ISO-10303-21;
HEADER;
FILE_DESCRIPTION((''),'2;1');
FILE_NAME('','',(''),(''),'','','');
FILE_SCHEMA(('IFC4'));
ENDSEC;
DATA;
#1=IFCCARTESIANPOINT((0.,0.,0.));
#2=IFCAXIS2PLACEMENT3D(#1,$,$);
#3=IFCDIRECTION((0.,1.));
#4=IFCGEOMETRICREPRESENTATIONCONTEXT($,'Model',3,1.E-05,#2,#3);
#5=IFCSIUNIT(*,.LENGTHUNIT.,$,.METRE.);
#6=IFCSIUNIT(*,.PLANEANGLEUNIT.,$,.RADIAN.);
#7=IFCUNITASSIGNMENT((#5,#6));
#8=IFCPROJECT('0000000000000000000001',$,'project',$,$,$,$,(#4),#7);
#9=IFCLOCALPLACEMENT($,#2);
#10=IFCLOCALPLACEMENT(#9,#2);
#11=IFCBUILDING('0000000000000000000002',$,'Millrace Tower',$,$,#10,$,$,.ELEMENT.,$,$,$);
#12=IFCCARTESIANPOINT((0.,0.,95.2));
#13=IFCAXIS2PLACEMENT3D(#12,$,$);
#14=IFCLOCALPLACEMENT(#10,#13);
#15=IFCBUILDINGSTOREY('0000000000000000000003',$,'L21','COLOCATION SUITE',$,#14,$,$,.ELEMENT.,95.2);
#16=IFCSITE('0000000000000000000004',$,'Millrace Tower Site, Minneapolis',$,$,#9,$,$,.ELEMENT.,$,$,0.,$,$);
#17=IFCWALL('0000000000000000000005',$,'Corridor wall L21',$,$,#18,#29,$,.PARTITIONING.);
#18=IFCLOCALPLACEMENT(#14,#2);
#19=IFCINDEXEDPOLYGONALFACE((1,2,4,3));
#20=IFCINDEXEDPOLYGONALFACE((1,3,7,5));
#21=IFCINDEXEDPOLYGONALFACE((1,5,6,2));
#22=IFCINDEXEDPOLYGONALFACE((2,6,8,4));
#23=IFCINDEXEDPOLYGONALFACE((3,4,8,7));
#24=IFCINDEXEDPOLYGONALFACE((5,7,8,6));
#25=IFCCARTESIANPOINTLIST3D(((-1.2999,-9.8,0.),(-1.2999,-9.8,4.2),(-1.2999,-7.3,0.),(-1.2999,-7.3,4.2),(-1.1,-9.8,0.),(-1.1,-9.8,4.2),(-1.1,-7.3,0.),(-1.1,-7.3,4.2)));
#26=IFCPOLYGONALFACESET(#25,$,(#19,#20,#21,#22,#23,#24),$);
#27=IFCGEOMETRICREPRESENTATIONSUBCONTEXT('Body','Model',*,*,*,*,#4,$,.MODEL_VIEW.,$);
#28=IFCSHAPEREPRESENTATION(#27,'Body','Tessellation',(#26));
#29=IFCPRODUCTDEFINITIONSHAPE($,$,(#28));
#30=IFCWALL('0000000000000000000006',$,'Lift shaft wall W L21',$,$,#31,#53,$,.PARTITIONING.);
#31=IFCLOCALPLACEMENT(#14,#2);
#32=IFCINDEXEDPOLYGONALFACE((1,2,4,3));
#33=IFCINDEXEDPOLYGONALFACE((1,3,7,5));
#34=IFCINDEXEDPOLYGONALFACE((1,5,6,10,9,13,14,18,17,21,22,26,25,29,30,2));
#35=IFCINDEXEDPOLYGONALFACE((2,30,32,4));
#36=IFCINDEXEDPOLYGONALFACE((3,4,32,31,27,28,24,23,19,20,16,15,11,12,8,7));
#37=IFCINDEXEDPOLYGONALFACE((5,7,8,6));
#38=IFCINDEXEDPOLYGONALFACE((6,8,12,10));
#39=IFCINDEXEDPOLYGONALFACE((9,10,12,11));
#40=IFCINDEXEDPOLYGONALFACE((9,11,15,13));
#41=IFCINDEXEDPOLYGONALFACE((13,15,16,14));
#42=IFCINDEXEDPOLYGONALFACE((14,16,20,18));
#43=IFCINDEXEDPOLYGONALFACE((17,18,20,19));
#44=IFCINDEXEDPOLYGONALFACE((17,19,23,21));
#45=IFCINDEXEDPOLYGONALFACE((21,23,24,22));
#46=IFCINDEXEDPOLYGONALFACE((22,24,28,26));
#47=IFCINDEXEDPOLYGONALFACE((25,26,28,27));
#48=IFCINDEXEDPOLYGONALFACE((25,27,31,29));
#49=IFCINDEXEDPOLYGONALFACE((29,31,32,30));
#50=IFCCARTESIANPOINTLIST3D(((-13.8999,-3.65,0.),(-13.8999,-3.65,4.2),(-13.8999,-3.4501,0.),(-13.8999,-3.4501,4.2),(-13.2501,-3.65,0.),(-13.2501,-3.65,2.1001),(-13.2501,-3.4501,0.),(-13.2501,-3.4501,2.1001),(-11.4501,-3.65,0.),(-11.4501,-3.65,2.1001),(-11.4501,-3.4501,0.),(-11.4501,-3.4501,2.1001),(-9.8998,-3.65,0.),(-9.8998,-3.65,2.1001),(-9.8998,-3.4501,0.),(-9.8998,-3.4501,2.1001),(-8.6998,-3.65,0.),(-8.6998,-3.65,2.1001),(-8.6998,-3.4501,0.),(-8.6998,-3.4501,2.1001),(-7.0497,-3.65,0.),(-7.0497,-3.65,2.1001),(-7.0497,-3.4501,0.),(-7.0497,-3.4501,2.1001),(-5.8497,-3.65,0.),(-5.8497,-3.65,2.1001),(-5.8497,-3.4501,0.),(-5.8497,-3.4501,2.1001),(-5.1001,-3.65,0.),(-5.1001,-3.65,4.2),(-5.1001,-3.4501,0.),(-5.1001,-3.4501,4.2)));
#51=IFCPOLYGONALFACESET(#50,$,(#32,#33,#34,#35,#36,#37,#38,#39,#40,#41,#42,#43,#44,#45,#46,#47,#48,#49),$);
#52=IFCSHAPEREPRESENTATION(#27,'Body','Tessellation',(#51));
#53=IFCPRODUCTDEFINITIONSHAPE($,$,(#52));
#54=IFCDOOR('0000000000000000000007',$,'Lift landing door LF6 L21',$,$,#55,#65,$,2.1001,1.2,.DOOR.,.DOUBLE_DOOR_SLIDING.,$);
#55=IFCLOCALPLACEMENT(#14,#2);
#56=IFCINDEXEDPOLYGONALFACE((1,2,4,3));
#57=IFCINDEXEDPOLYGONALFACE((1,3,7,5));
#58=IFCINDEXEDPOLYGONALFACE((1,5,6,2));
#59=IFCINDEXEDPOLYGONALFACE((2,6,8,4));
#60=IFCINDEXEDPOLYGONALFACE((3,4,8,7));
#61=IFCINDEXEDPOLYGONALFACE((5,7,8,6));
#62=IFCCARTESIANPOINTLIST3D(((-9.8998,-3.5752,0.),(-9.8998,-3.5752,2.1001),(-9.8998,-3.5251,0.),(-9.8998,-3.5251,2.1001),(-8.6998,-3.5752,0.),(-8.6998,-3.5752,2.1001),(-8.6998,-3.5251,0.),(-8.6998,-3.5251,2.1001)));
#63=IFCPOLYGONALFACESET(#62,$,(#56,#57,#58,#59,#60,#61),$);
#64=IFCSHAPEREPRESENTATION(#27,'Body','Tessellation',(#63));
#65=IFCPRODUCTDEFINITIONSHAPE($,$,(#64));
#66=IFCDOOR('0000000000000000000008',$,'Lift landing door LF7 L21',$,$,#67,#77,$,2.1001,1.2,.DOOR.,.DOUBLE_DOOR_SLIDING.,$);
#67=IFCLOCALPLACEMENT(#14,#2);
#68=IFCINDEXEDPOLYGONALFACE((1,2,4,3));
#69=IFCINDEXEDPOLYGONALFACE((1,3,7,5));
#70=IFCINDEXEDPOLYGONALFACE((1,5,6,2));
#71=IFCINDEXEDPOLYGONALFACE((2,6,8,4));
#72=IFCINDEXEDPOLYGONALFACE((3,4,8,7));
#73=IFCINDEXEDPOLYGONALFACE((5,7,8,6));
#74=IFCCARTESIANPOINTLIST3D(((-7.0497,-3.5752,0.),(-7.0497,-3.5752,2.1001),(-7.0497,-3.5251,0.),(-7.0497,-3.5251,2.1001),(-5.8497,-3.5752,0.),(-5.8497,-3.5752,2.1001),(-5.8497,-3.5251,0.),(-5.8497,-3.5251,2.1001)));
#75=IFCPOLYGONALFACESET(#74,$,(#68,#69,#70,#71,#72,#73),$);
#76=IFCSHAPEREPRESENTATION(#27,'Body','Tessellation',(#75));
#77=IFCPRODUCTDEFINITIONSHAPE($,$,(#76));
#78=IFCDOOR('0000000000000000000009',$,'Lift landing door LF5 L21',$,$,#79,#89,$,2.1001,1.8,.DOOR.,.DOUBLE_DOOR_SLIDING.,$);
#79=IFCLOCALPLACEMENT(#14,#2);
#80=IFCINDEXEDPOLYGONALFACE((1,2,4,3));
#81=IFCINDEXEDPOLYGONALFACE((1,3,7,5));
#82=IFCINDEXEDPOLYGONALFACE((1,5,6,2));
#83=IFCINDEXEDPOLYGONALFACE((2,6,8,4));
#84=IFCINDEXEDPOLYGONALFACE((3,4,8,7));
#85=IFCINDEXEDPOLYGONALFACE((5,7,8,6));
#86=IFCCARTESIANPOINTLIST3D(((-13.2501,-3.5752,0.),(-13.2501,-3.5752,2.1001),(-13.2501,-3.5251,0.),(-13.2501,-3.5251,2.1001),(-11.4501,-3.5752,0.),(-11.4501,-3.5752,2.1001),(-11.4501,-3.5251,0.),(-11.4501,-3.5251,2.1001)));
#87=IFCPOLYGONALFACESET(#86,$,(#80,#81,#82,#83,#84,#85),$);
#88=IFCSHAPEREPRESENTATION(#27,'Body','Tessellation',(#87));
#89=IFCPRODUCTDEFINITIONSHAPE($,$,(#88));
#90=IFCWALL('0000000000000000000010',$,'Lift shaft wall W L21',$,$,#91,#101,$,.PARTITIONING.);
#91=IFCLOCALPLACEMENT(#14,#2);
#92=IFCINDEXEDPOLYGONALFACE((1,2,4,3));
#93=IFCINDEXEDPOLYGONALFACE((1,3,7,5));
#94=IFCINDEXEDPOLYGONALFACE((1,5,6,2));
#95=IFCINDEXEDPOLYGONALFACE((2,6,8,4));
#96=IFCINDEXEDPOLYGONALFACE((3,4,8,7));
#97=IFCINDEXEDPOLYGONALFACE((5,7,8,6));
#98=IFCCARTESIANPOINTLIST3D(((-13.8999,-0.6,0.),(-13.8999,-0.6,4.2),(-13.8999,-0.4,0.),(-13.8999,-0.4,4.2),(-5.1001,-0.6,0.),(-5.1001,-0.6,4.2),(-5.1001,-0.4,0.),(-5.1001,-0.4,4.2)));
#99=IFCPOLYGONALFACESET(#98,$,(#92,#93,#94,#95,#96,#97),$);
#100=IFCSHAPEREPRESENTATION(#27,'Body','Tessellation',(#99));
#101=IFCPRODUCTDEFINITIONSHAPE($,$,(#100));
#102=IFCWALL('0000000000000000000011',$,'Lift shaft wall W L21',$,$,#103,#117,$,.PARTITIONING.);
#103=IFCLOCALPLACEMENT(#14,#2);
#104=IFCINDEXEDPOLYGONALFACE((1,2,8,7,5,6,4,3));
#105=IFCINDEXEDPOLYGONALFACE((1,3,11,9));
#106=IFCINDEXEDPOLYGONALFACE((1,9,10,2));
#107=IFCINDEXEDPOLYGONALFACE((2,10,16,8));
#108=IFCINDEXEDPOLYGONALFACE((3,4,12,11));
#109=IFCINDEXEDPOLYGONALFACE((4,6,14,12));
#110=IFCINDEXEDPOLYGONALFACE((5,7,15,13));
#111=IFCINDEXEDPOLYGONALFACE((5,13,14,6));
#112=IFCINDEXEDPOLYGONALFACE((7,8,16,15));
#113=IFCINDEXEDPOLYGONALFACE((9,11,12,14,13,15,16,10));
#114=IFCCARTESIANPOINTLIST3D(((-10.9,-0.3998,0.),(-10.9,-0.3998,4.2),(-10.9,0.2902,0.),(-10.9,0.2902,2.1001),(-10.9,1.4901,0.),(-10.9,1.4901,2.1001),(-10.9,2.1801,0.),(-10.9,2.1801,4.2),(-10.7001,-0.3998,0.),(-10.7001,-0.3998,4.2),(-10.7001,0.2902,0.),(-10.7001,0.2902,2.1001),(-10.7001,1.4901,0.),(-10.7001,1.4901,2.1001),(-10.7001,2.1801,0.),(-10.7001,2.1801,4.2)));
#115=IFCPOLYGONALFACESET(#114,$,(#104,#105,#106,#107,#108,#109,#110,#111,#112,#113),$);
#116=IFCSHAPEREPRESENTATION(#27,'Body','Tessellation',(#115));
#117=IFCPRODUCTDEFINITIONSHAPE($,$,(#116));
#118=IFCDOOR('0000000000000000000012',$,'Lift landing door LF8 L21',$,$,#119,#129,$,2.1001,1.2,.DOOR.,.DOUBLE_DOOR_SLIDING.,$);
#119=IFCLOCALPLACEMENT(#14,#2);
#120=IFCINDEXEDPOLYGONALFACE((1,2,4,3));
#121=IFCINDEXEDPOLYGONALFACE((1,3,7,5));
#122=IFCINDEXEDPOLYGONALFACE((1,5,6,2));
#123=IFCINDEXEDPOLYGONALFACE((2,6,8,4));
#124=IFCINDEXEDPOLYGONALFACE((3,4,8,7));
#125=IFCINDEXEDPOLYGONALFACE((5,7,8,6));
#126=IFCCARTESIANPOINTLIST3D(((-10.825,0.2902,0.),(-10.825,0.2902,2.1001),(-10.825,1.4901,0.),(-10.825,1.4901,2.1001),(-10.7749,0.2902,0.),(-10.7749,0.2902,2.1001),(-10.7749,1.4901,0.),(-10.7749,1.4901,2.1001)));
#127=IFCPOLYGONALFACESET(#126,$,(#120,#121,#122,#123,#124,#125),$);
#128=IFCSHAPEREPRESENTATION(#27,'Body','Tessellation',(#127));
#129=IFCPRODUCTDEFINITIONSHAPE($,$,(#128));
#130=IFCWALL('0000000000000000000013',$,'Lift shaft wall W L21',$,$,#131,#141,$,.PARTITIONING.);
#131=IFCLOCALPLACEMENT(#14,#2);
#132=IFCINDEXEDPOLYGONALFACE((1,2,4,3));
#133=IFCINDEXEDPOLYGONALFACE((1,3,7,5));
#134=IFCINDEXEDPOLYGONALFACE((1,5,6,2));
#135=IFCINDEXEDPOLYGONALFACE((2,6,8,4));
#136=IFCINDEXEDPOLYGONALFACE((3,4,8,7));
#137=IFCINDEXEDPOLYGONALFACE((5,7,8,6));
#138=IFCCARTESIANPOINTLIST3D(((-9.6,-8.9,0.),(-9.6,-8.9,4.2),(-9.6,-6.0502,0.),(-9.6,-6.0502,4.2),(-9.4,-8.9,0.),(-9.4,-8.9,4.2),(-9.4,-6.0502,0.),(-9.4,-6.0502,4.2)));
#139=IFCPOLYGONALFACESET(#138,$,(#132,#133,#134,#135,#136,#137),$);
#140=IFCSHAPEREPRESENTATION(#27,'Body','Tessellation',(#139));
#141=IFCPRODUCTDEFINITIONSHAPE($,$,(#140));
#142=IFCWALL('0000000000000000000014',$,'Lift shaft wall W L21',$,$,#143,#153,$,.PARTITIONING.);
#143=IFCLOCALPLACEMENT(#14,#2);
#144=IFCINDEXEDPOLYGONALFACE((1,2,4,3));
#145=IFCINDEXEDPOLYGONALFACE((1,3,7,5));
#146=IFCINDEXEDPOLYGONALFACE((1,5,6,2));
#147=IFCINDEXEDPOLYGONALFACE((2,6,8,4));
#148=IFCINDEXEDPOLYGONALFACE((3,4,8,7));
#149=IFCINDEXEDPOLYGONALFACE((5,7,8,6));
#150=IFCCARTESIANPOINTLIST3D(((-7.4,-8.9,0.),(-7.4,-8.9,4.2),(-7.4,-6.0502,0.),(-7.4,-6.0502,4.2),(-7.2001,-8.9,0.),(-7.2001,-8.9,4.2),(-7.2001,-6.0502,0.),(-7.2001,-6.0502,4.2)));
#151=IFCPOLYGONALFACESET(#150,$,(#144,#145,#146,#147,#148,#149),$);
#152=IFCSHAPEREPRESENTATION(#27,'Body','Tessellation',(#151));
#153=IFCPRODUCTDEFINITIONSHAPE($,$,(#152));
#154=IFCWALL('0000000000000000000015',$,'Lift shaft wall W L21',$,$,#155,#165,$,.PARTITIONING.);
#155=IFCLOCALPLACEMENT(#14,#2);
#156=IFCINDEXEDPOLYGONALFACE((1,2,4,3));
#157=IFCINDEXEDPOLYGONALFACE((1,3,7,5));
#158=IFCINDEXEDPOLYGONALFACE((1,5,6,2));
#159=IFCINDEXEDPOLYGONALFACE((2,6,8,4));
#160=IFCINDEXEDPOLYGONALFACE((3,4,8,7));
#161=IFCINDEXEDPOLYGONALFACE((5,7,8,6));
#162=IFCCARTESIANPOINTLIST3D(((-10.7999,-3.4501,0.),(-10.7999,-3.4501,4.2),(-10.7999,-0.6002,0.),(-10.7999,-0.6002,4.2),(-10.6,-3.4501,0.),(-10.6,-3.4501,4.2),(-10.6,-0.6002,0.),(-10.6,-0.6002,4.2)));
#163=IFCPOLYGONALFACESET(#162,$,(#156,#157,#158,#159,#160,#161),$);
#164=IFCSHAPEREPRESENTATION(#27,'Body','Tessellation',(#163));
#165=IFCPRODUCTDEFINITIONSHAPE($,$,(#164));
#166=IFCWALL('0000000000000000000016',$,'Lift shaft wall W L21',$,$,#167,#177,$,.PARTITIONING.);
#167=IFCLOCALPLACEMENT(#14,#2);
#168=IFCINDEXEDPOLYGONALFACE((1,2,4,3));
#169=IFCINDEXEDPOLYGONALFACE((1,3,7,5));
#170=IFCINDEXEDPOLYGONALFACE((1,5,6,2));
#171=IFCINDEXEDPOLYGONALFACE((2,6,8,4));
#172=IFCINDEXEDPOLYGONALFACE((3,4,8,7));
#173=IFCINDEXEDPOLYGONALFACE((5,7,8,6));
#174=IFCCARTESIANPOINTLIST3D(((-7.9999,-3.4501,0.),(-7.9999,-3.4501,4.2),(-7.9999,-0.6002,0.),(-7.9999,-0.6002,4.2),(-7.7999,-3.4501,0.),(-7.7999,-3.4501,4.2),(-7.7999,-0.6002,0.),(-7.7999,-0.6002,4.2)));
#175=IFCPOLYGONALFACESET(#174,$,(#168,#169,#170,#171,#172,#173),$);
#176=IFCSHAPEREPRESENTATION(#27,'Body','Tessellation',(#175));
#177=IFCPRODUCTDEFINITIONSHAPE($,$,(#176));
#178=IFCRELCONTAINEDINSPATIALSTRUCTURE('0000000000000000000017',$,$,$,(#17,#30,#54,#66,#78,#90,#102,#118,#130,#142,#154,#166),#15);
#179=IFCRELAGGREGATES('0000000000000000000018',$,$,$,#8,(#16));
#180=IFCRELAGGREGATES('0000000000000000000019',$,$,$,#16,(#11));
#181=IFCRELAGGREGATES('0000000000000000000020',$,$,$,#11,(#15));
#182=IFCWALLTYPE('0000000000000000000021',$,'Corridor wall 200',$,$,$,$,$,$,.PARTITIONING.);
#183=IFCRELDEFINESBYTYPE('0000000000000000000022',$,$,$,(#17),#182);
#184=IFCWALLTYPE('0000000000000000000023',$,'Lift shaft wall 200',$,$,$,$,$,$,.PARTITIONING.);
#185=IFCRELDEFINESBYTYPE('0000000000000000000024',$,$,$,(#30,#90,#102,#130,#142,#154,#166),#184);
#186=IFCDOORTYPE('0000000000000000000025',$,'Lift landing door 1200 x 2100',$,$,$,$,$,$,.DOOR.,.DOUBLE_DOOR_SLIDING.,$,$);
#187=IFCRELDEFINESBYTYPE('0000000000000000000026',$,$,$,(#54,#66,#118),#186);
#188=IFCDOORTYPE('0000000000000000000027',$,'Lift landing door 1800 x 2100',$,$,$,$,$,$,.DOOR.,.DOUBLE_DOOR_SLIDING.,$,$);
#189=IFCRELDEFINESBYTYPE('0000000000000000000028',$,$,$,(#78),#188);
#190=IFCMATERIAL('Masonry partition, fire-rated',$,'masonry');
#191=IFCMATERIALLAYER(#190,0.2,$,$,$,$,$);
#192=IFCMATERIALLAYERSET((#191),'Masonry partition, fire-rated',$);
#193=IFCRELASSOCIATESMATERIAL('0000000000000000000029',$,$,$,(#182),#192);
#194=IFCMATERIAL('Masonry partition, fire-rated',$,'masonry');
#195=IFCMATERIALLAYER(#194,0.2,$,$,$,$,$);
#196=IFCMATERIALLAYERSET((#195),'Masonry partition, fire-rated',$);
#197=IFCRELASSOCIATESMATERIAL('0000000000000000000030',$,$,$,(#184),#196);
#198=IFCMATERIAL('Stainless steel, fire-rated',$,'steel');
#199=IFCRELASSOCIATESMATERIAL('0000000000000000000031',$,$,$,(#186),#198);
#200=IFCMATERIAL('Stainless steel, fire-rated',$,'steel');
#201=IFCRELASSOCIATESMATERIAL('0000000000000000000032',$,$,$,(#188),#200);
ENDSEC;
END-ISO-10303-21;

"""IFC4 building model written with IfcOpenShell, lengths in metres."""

from ifc_helpers import new_model, si_unit, direction, frame, frame_2d, origin, place, context, subcontext, project, spatial, rectangle, extrude, material, layer, layer_set, type_object, element, fill, save


model = new_model("IFC4")

# Units and contexts
model_context = context("Model", 3, precision=1e-05, world=origin(), true_north=direction((0.0, 1.0)))
body_context = subcontext(model_context, "Body", "Model", "MODEL_VIEW")
ifc_project = project(units=[si_unit("LENGTHUNIT", "METRE"), si_unit("PLANEANGLEUNIT", "RADIAN")], contexts=[model_context])

# Site, building, storey
site_placement = place(None, origin())
site = spatial("IfcSite", under=ifc_project, at=site_placement, Name="Millrace Tower Site, Minneapolis", CompositionType="ELEMENT", RefElevation=0.0)
building_placement = place(site_placement, origin())
building = spatial("IfcBuilding", under=site, at=building_placement, Name="Millrace Tower", CompositionType="ELEMENT")
storey_placement = place(building_placement, frame((0.0, 0.0, 95.2)))
storey = spatial("IfcBuildingStorey", under=building, at=storey_placement, Name="L21", Description="COLOCATION SUITE", CompositionType="ELEMENT", Elevation=95.2)

# Shared definitions
ifc_material_1 = material(Name="Masonry partition, fire-rated", Category="masonry")
ifc_layer_1 = layer(ifc_material_1, 0.2)
ifc_layer_set_1 = layer_set([ifc_layer_1], Name="Masonry partition, fire-rated")
wall_type_1 = type_object("IfcWallType", Name="Corridor wall 200", PredefinedType="PARTITIONING", material=ifc_layer_set_1)

# Wall
wall_1_placement = place(storey_placement, frame((-1.2, -9.8, 0.0), z_axis=(0.0, 0.0, 1.0), x_axis=(0.0, 1.0, 0.0)))
element("IfcWall", 1, at=wall_1_placement, inside=storey, type_object=wall_type_1, Name="Corridor wall L21", PredefinedType="PARTITIONING", context=body_context, shape_type="SweptSolid", body=[
    extrude(rectangle(XDim=2.5, YDim=0.2, at=frame_2d((1.25, 0.0))), origin(), (0.0, 0.0, 1.0), 4.2),
])

# Wall, openings, doors
ifc_material_2 = material(Name="Masonry partition, fire-rated", Category="masonry")
ifc_layer_2 = layer(ifc_material_2, 0.2)
ifc_layer_set_2 = layer_set([ifc_layer_2], Name="Masonry partition, fire-rated")
wall_type_2 = type_object("IfcWallType", Name="Lift shaft wall 200", PredefinedType="PARTITIONING", material=ifc_layer_set_2)
wall_2_placement = place(storey_placement, frame((-13.8999, -3.55, 0.0), z_axis=(0.0, 0.0, 1.0), x_axis=(1.0, 0.0, 0.0)))
wall_2 = element("IfcWall", 2, at=wall_2_placement, inside=storey, type_object=wall_type_2, Name="Lift shaft wall W L21", PredefinedType="PARTITIONING", context=body_context, shape_type="SweptSolid", body=[
    extrude(rectangle(XDim=8.7998, YDim=0.2, at=frame_2d((4.3999, 0.0))), origin(), (0.0, 0.0, 1.0), 4.2),
])
opening_1_placement = place(wall_2_placement, frame((0.6499, 0.0, 0.0)))
opening_1 = element("IfcOpeningElement", 3, at=opening_1_placement, cuts=wall_2, PredefinedType="OPENING", context=body_context, shape_type="SweptSolid", body=[
    extrude(rectangle(XDim=1.8, YDim=2.1001, at=frame_2d((0.8999, 1.05))), frame((0.0, 0.1099, 0.0), z_axis=(0.0, -1.0, 0.0), x_axis=(1.0, 0.0, 0.0)), (0.0, 0.0, 1.0), 0.22),
])
opening_2_placement = place(wall_2_placement, frame((4.0, 0.0, 0.0)))
opening_2 = element("IfcOpeningElement", 4, at=opening_2_placement, cuts=wall_2, PredefinedType="OPENING", context=body_context, shape_type="SweptSolid", body=[
    extrude(rectangle(XDim=1.2, YDim=2.1001, at=frame_2d((0.6001, 1.05))), frame((0.0, 0.1099, 0.0), z_axis=(0.0, -1.0, 0.0), x_axis=(1.0, 0.0, 0.0)), (0.0, 0.0, 1.0), 0.22),
])
opening_3_placement = place(wall_2_placement, frame((6.8501, 0.0, 0.0)))
opening_3 = element("IfcOpeningElement", 5, at=opening_3_placement, cuts=wall_2, PredefinedType="OPENING", context=body_context, shape_type="SweptSolid", body=[
    extrude(rectangle(XDim=1.2, YDim=2.1001, at=frame_2d((0.6001, 1.05))), frame((0.0, 0.1099, 0.0), z_axis=(0.0, -1.0, 0.0), x_axis=(1.0, 0.0, 0.0)), (0.0, 0.0, 1.0), 0.22),
])
ifc_material_3 = material(Name="Stainless steel, fire-rated", Category="steel")
door_type_1 = type_object("IfcDoorType", Name="Lift landing door 1200 x 2100", OperationType="DOUBLE_DOOR_SLIDING", PredefinedType="DOOR", material=ifc_material_3)
door_1_placement = place(opening_2_placement, origin())
door_1 = element("IfcDoor", 6, at=door_1_placement, inside=storey, type_object=door_type_1, Name="Lift landing door LF6 L21", OperationType="DOUBLE_DOOR_SLIDING", OverallHeight=2.1001, OverallWidth=1.2, PredefinedType="DOOR", context=body_context, shape_type="SweptSolid", body=[
    extrude(rectangle(XDim=1.2, YDim=2.1001, at=frame_2d((0.6001, 1.05))), frame((0.0, 0.0249, 0.0), z_axis=(0.0, -1.0, 0.0), x_axis=(1.0, 0.0, 0.0)), (0.0, 0.0, 1.0), 0.05),
])
fill(opening_2, door_1)
door_2_placement = place(opening_3_placement, origin())
door_2 = element("IfcDoor", 7, at=door_2_placement, inside=storey, type_object=door_type_1, Name="Lift landing door LF7 L21", OperationType="DOUBLE_DOOR_SLIDING", OverallHeight=2.1001, OverallWidth=1.2, PredefinedType="DOOR", context=body_context, shape_type="SweptSolid", body=[
    extrude(rectangle(XDim=1.2, YDim=2.1001, at=frame_2d((0.6001, 1.05))), frame((0.0, 0.0249, 0.0), z_axis=(0.0, -1.0, 0.0), x_axis=(1.0, 0.0, 0.0)), (0.0, 0.0, 1.0), 0.05),
])
fill(opening_3, door_2)
ifc_material_4 = material(Name="Stainless steel, fire-rated", Category="steel")
door_type_2 = type_object("IfcDoorType", Name="Lift landing door 1800 x 2100", OperationType="DOUBLE_DOOR_SLIDING", PredefinedType="DOOR", material=ifc_material_4)
door_3_placement = place(opening_1_placement, origin())
door_3 = element("IfcDoor", 8, at=door_3_placement, inside=storey, type_object=door_type_2, Name="Lift landing door LF5 L21", OperationType="DOUBLE_DOOR_SLIDING", OverallHeight=2.1001, OverallWidth=1.8, PredefinedType="DOOR", context=body_context, shape_type="SweptSolid", body=[
    extrude(rectangle(XDim=1.8, YDim=2.1001, at=frame_2d((0.8999, 1.05))), frame((0.0, 0.0249, 0.0), z_axis=(0.0, -1.0, 0.0), x_axis=(1.0, 0.0, 0.0)), (0.0, 0.0, 1.0), 0.05),
])
fill(opening_1, door_3)

# Wall
wall_3_placement = place(storey_placement, frame((-13.8999, -0.5, 0.0), z_axis=(0.0, 0.0, 1.0), x_axis=(1.0, 0.0, 0.0)))
element("IfcWall", 9, at=wall_3_placement, inside=storey, type_object=wall_type_2, Name="Lift shaft wall W L21", PredefinedType="PARTITIONING", context=body_context, shape_type="SweptSolid", body=[
    extrude(rectangle(XDim=8.7998, YDim=0.2, at=frame_2d((4.3999, 0.0))), origin(), (0.0, 0.0, 1.0), 4.2),
])

# Wall, opening, door
wall_4_placement = place(storey_placement, frame((-10.8, -0.3999, 0.0), z_axis=(0.0, 0.0, 1.0), x_axis=(0.0, 1.0, 0.0)))
wall_4 = element("IfcWall", 10, at=wall_4_placement, inside=storey, type_object=wall_type_2, Name="Lift shaft wall W L21", PredefinedType="PARTITIONING", context=body_context, shape_type="SweptSolid", body=[
    extrude(rectangle(XDim=2.5798, YDim=0.2, at=frame_2d((1.29, 0.0))), origin(), (0.0, 0.0, 1.0), 4.2),
])
opening_4_placement = place(wall_4_placement, frame((0.6899, 0.0, 0.0)))
opening_4 = element("IfcOpeningElement", 11, at=opening_4_placement, cuts=wall_4, PredefinedType="OPENING", context=body_context, shape_type="SweptSolid", body=[
    extrude(rectangle(XDim=1.2, YDim=2.1001, at=frame_2d((0.6001, 1.05))), frame((0.0, 0.1099, 0.0), z_axis=(0.0, -1.0, 0.0), x_axis=(1.0, 0.0, 0.0)), (0.0, 0.0, 1.0), 0.22),
])
door_4_placement = place(opening_4_placement, origin())
door_4 = element("IfcDoor", 12, at=door_4_placement, inside=storey, type_object=door_type_1, Name="Lift landing door LF8 L21", OperationType="DOUBLE_DOOR_SLIDING", OverallHeight=2.1001, OverallWidth=1.2, PredefinedType="DOOR", context=body_context, shape_type="SweptSolid", body=[
    extrude(rectangle(XDim=1.2, YDim=2.1001, at=frame_2d((0.6001, 1.05))), frame((0.0, 0.0249, 0.0), z_axis=(0.0, -1.0, 0.0), x_axis=(1.0, 0.0, 0.0)), (0.0, 0.0, 1.0), 0.05),
])
fill(opening_4, door_4)

# Walls
for number, where, z_axis, x_axis, name in (
    (13, (-9.5, -8.8999, 0.0), (0.0, 0.0, 1.0), (0.0, 1.0, 0.0), "Lift shaft wall W L21"),
    (14, (-7.3, -8.8999, 0.0), (0.0, 0.0, 1.0), (0.0, 1.0, 0.0), "Lift shaft wall W L21"),
    (15, (-10.7, -3.45, 0.0), (0.0, 0.0, 1.0), (0.0, 1.0, 0.0), "Lift shaft wall W L21"),
    (16, (-7.8999, -3.45, 0.0), (0.0, 0.0, 1.0), (0.0, 1.0, 0.0), "Lift shaft wall W L21"),
):
    element("IfcWall", number, at=place(storey_placement, frame(where, z_axis=z_axis, x_axis=x_axis)), inside=storey, type_object=wall_type_2, Name=name, PredefinedType="PARTITIONING", context=body_context, shape_type="SweptSolid", body=[
        extrude(rectangle(XDim=2.8499, YDim=0.2, at=frame_2d((1.4248, 0.0))), origin(), (0.0, 0.0, 1.0), 4.2),
    ])

save(model, "model.ifc")
